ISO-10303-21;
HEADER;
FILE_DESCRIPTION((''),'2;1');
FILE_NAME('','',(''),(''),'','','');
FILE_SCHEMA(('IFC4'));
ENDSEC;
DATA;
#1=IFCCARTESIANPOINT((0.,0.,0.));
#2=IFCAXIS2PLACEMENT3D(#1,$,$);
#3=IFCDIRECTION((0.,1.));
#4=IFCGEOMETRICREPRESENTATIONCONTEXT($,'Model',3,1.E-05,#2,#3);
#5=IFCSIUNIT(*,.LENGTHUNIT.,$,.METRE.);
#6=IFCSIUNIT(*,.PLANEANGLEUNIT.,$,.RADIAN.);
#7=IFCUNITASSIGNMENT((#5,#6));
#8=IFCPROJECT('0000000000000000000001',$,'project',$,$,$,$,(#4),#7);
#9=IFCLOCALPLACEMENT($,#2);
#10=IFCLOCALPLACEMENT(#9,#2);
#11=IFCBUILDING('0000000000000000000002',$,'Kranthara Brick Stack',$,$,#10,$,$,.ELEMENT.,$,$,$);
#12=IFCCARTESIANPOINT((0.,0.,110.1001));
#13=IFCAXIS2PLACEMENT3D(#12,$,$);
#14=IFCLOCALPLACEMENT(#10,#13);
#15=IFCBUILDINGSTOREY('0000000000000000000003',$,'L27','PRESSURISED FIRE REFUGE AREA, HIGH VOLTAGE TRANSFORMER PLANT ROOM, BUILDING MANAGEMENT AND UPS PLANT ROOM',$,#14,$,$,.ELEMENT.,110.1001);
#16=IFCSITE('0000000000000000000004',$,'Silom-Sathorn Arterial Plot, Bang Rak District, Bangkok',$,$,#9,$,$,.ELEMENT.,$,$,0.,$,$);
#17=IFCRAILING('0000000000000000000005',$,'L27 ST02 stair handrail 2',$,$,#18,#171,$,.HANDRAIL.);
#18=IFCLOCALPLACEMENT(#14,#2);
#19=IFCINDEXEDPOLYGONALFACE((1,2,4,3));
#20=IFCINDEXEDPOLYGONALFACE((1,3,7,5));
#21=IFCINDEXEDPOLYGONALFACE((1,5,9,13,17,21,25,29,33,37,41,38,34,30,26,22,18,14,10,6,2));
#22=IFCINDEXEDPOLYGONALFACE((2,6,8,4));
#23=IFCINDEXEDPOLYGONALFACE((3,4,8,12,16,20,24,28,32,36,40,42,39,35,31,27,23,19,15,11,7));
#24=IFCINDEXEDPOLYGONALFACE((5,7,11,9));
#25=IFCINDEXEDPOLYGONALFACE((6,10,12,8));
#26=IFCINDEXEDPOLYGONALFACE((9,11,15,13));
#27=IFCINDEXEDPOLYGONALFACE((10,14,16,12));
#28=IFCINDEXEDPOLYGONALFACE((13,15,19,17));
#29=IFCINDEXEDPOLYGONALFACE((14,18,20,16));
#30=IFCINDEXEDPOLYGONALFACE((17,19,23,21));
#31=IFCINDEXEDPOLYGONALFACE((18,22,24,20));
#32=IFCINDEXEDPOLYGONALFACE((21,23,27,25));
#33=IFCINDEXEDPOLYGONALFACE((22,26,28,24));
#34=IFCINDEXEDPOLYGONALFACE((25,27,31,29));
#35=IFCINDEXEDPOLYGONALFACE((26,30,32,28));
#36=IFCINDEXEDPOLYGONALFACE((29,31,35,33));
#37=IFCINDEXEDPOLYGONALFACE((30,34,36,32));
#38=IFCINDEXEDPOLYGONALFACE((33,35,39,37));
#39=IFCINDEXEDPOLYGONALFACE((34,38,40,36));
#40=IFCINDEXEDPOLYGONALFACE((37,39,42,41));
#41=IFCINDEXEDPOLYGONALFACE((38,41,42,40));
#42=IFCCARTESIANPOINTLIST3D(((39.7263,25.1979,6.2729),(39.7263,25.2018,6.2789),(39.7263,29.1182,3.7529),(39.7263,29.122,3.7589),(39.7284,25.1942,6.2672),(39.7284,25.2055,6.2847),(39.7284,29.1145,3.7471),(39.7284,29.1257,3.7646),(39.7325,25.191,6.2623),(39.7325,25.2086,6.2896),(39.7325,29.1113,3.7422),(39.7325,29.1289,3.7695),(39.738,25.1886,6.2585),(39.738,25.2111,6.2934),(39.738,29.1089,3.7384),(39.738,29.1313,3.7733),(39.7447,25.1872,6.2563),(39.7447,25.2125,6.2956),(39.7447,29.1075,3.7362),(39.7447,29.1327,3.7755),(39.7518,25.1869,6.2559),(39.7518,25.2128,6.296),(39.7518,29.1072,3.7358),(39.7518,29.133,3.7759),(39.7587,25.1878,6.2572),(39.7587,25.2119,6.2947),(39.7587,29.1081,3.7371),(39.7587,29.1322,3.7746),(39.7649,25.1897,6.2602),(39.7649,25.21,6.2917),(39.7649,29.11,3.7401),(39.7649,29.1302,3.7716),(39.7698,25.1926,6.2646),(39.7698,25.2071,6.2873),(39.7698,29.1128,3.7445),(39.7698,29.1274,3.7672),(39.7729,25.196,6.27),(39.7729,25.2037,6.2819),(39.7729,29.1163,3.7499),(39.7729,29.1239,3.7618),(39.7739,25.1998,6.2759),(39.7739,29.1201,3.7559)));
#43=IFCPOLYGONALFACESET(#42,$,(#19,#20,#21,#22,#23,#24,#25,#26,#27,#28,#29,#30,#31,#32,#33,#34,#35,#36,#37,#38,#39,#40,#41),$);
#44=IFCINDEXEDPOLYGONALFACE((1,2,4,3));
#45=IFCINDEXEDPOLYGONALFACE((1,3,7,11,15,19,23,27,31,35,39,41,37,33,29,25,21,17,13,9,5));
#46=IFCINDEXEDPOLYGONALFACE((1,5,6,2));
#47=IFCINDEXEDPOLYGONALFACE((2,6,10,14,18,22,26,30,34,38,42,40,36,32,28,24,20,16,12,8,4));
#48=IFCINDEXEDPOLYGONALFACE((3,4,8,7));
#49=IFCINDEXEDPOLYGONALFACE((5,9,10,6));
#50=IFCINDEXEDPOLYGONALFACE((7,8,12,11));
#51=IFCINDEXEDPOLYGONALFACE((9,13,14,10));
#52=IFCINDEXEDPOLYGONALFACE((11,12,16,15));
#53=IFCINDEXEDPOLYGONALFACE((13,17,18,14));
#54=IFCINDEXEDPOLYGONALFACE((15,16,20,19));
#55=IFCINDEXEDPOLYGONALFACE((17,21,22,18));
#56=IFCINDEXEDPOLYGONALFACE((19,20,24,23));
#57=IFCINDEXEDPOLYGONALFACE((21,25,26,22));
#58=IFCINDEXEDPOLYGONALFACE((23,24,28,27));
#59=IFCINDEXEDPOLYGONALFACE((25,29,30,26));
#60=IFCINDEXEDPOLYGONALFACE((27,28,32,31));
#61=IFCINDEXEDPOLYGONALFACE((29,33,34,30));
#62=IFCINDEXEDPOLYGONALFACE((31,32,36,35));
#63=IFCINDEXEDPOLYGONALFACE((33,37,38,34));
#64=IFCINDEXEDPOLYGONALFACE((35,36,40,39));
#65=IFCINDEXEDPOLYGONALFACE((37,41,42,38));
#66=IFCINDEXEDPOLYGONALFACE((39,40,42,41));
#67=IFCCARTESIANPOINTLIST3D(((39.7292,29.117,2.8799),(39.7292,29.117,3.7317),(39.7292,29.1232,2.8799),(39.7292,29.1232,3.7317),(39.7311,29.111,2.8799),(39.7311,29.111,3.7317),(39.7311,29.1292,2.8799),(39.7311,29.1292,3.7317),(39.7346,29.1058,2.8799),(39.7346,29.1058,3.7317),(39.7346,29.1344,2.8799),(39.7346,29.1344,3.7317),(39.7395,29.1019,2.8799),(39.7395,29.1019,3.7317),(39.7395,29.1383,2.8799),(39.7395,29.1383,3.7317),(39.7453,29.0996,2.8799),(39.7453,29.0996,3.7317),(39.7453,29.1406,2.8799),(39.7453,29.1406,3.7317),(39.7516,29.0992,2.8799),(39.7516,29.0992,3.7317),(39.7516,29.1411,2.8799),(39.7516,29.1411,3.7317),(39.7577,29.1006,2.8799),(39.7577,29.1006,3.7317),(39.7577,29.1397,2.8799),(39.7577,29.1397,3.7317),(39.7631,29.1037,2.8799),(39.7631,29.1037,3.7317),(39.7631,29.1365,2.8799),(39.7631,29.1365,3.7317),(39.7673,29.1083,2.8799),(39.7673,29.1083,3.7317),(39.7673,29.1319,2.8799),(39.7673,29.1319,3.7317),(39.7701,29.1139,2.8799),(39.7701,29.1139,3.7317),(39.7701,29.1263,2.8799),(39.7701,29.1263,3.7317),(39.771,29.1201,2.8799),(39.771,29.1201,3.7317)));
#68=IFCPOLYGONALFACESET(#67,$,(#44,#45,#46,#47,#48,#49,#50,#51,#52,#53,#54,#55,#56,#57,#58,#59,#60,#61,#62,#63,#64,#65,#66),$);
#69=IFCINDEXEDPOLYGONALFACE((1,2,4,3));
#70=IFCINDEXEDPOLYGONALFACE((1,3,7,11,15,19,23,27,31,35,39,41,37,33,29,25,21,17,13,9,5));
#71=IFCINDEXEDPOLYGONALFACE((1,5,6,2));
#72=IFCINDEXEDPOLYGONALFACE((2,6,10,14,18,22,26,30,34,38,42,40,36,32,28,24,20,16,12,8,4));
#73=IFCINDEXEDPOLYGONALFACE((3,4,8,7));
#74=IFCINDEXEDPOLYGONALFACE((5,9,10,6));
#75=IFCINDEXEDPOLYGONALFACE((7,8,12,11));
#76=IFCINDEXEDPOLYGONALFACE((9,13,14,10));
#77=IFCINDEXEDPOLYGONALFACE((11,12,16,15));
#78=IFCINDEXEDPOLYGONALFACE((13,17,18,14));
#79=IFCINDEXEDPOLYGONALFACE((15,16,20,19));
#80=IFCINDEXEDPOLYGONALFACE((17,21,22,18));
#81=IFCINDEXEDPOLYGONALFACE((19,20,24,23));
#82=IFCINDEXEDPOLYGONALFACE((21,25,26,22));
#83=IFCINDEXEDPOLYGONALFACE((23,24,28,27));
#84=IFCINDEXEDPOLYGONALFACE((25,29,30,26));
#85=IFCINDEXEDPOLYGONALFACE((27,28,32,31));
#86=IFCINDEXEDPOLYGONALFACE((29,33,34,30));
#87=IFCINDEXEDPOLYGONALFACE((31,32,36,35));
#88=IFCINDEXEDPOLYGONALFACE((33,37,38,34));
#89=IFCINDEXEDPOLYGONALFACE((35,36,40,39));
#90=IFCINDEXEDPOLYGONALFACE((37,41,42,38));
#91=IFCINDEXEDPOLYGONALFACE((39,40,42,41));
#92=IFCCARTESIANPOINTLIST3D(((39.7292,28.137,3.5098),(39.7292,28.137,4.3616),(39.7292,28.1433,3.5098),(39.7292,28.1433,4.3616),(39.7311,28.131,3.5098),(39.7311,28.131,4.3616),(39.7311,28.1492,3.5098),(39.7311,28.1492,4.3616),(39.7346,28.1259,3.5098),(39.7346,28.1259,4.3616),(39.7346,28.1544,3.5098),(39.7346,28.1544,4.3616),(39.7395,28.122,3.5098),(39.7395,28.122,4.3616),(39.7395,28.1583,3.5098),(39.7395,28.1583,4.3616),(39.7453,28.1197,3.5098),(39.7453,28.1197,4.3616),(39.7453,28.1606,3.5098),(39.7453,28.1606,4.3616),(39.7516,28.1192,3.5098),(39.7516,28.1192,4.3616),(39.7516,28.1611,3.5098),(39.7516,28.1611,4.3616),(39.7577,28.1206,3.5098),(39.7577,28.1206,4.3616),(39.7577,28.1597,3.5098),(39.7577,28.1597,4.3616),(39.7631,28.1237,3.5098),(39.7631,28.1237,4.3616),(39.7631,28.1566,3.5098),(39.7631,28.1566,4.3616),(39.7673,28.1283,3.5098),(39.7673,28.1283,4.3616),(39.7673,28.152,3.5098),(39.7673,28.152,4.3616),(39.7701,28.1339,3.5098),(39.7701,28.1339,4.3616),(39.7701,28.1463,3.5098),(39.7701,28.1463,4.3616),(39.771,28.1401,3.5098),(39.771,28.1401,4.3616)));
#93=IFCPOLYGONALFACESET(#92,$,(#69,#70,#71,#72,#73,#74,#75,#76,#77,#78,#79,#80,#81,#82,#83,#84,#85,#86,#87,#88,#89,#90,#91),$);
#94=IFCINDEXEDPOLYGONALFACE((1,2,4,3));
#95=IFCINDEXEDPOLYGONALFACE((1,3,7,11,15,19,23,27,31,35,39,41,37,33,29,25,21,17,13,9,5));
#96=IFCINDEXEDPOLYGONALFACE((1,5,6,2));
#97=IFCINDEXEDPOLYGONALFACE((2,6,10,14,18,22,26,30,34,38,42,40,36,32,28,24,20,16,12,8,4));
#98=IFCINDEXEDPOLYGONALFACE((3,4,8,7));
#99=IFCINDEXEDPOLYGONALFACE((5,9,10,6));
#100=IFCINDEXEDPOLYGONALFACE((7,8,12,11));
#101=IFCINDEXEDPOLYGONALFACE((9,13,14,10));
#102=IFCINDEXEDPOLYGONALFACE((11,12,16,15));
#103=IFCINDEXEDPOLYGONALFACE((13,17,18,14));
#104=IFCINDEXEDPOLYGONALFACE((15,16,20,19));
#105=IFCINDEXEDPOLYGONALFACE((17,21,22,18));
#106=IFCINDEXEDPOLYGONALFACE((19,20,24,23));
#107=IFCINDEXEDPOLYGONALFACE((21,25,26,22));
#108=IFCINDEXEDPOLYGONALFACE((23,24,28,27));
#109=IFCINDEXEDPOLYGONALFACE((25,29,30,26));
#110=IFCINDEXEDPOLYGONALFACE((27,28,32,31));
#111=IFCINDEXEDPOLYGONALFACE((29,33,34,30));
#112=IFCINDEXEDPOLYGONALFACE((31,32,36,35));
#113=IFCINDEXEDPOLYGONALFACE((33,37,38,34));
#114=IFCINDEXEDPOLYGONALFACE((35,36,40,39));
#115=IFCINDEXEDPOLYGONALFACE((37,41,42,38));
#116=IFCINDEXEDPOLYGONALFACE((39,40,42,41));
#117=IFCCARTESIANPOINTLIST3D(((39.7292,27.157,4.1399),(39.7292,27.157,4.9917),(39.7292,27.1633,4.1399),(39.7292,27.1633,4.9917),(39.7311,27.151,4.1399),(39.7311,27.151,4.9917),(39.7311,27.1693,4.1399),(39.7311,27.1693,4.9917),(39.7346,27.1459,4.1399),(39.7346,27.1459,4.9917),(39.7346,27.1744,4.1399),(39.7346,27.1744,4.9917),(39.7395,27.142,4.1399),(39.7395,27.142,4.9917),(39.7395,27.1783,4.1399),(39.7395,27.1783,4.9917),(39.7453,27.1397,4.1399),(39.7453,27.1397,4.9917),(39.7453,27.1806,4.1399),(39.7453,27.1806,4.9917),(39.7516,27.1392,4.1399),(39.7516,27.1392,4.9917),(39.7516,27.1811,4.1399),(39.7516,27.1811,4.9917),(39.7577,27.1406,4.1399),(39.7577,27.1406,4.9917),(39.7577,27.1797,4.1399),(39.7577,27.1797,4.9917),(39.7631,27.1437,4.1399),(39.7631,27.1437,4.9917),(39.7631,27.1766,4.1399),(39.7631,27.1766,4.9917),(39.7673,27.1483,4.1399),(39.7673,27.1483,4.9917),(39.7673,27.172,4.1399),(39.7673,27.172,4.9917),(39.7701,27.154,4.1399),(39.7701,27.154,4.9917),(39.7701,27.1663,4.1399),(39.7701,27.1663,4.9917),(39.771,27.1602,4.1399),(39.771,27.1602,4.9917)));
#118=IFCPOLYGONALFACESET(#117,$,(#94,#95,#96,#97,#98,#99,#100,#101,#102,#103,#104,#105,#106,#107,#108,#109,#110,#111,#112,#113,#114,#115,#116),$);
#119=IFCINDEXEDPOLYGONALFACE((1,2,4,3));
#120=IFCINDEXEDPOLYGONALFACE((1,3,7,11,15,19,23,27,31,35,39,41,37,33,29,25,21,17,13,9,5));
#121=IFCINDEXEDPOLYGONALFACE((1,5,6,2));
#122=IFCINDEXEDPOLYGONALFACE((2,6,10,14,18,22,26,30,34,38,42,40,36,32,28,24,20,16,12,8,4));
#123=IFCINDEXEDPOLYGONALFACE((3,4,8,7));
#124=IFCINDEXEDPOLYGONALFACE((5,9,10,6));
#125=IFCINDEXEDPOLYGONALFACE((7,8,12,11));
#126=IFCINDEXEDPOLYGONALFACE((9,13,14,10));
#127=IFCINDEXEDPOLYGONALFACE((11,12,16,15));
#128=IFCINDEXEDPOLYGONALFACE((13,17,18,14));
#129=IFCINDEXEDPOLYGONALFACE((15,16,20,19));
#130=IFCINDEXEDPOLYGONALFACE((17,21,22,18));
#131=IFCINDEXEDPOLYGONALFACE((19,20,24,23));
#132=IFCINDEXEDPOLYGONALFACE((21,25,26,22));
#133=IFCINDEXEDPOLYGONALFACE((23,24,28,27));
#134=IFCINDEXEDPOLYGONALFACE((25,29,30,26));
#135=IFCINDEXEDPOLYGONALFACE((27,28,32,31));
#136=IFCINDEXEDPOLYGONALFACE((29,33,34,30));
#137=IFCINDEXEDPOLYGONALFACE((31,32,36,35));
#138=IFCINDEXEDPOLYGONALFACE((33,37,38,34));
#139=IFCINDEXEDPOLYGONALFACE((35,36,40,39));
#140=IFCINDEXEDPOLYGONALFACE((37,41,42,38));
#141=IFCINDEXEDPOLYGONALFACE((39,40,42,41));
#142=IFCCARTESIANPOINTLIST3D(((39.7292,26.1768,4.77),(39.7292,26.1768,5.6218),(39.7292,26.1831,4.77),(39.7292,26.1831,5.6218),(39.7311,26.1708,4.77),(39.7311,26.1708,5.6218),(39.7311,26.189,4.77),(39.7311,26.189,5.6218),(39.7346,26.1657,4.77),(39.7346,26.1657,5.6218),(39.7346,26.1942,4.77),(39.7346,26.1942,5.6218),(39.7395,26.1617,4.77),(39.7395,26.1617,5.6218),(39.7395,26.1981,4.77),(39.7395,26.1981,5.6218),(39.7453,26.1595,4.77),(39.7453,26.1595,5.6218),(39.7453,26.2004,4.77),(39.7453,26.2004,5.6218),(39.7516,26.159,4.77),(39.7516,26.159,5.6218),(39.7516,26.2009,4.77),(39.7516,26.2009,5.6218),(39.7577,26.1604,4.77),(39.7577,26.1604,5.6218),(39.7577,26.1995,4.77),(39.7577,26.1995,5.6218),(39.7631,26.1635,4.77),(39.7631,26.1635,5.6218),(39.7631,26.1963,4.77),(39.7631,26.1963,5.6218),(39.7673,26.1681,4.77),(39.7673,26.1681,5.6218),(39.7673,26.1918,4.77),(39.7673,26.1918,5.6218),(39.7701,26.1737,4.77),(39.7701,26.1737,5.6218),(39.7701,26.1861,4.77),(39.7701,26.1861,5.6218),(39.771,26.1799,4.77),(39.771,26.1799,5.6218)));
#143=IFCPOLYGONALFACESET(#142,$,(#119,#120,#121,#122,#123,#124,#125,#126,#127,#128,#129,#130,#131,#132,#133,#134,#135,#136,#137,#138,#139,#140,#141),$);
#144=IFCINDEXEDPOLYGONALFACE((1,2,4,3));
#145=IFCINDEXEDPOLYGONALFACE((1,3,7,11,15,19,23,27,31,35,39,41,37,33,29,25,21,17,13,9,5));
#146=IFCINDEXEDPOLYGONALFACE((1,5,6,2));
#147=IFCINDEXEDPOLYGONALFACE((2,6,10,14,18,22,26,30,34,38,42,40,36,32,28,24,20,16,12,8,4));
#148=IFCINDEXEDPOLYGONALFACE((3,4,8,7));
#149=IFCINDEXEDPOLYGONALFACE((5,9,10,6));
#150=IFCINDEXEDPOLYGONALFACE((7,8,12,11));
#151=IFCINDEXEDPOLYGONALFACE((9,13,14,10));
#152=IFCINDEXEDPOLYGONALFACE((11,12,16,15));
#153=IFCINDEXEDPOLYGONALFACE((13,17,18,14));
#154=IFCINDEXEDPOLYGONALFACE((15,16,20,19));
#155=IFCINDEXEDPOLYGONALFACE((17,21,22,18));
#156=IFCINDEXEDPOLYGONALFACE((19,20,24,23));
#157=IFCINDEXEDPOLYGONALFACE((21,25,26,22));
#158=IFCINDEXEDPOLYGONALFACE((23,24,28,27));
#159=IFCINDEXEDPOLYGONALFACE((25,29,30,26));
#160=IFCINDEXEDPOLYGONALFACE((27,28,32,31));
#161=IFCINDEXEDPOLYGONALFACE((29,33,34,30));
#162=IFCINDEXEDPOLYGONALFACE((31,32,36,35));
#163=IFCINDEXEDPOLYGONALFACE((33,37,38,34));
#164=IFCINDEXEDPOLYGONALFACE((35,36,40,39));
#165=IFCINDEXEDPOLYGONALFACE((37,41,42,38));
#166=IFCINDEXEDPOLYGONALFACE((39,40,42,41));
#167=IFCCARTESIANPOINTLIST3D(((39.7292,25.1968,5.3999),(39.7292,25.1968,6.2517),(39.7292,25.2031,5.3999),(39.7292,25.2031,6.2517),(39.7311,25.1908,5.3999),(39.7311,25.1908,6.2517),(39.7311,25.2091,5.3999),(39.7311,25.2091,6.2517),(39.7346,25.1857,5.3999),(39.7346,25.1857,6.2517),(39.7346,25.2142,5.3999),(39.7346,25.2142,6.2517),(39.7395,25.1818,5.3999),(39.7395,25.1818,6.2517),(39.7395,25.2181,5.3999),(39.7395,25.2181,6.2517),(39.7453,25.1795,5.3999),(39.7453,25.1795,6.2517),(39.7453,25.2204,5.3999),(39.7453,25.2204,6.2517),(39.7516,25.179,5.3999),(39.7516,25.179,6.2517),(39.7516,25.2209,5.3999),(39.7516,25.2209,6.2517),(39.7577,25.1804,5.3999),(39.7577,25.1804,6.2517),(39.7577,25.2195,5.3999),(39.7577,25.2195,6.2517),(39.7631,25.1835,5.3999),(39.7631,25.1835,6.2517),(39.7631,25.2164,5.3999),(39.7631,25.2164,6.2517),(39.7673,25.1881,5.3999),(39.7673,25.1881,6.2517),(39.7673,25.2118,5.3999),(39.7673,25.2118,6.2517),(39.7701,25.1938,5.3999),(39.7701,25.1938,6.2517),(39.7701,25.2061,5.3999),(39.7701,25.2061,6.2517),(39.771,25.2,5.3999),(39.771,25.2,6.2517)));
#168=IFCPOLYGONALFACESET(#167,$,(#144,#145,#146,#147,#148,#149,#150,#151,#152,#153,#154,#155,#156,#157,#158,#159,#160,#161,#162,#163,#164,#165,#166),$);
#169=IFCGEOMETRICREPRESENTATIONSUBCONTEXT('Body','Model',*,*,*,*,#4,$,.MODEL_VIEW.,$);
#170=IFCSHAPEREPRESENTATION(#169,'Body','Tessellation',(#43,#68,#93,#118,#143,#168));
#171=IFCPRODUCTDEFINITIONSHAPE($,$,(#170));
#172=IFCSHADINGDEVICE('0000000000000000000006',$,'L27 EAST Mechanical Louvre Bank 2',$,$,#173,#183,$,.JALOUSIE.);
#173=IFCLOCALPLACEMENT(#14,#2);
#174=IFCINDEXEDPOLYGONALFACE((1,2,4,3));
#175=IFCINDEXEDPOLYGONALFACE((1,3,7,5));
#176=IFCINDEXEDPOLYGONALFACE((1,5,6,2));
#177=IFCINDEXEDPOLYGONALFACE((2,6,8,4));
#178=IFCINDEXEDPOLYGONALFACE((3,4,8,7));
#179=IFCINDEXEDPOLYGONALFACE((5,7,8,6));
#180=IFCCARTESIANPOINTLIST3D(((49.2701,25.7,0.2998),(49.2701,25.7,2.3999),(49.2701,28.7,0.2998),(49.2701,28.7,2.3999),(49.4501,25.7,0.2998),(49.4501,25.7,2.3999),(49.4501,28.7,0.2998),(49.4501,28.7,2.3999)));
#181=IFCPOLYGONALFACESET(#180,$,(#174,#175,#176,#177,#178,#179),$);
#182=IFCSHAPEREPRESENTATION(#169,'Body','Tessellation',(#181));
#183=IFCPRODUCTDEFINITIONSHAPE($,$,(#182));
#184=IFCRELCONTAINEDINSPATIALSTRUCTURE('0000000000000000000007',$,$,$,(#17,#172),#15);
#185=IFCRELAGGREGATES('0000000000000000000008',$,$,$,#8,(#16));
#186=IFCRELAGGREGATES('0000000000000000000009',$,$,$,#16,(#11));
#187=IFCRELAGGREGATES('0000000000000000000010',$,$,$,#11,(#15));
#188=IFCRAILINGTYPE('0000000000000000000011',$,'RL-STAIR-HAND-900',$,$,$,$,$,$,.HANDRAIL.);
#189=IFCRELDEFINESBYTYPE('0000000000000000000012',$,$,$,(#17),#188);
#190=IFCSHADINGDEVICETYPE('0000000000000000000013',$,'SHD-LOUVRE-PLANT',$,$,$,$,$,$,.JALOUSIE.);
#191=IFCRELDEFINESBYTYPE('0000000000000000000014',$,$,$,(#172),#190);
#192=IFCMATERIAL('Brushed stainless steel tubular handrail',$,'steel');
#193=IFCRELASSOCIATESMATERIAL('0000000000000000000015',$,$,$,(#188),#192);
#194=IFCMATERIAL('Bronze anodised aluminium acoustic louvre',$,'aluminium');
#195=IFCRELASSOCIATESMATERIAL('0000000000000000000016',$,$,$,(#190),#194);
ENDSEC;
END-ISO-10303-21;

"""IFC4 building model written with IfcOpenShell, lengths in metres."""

from ifc_helpers import new_model, si_unit, direction, frame, origin, origin_2d, place, context, subcontext, project, spatial, rectangle, circle, extrude, material, type_object, element, save


model = new_model("IFC4")

# Units and contexts
model_context = context("Model", 3, precision=1e-05, world=origin(), true_north=direction((0.0, 1.0)))
body_context = subcontext(model_context, "Body", "Model", "MODEL_VIEW")
ifc_project = project(units=[si_unit("LENGTHUNIT", "METRE"), si_unit("PLANEANGLEUNIT", "RADIAN")], contexts=[model_context])

# Site, building, storey
site_placement = place(None, origin())
site = spatial("IfcSite", under=ifc_project, at=site_placement, Name="Silom-Sathorn Arterial Plot, Bang Rak District, Bangkok", CompositionType="ELEMENT", RefElevation=0.0)
building_placement = place(site_placement, origin())
building = spatial("IfcBuilding", under=site, at=building_placement, Name="Kranthara Brick Stack", CompositionType="ELEMENT")
storey_placement = place(building_placement, frame((0.0, 0.0, 110.1001)))
storey = spatial("IfcBuildingStorey", under=building, at=storey_placement, Name="L27", Description="PRESSURISED FIRE REFUGE AREA, HIGH VOLTAGE TRANSFORMER PLANT ROOM, BUILDING MANAGEMENT AND UPS PLANT ROOM", CompositionType="ELEMENT", Elevation=110.1001)

# Railing
ifc_material_1 = material(Name="Brushed stainless steel tubular handrail", Category="steel")
railing_type_1 = type_object("IfcRailingType", Name="RL-STAIR-HAND-900", PredefinedType="HANDRAIL", material=ifc_material_1)
railing_1_placement = place(storey_placement, frame((39.75, 29.1201, 2.8799)))
element("IfcRailing", 1, at=railing_1_placement, inside=storey, type_object=railing_type_1, Name="L27 ST02 stair handrail 2", PredefinedType="HANDRAIL", context=body_context, shape_type="SweptSolid", body=[
    extrude(circle(Radius=0.0239, at=origin_2d()), frame((0.0, 0.0, 0.876), z_axis=(0.0, -0.841187, 0.540744), x_axis=(1.0, 0.0, 0.0)), (0.0, 0.0, 1.0), 4.6604),
    extrude(circle(Radius=0.021, at=origin_2d()), origin(), (0.0, 0.0, 1.0), 0.8518),
    extrude(circle(Radius=0.021, at=origin_2d()), frame((0.0, -0.98, 0.6299)), (0.0, 0.0, 1.0), 0.8518),
    extrude(circle(Radius=0.021, at=origin_2d()), frame((0.0, -1.96, 1.26)), (0.0, 0.0, 1.0), 0.8518),
    extrude(circle(Radius=0.021, at=origin_2d()), frame((0.0, -2.9402, 1.8901)), (0.0, 0.0, 1.0), 0.8518),
    extrude(circle(Radius=0.021, at=origin_2d()), frame((0.0, -3.9202, 2.52)), (0.0, 0.0, 1.0), 0.8518),
])

# Shading device
ifc_material_2 = material(Name="Bronze anodised aluminium acoustic louvre", Category="aluminium")
shading_device_type = type_object("IfcShadingDeviceType", Name="SHD-LOUVRE-PLANT", PredefinedType="JALOUSIE", material=ifc_material_2)
shading_device_placement = place(storey_placement, frame((49.3601, 27.2, 0.2998), z_axis=(0.0, 0.0, 1.0), x_axis=(0.0, -1.0, 0.0)))
element("IfcShadingDevice", 2, at=shading_device_placement, inside=storey, type_object=shading_device_type, Name="L27 EAST Mechanical Louvre Bank 2", PredefinedType="JALOUSIE", context=body_context, shape_type="SweptSolid", body=[
    extrude(rectangle(XDim=3.0, YDim=0.1799, at=origin_2d()), origin(), (0.0, 0.0, 1.0), 2.1001),
])

save(model, "model.ifc")
